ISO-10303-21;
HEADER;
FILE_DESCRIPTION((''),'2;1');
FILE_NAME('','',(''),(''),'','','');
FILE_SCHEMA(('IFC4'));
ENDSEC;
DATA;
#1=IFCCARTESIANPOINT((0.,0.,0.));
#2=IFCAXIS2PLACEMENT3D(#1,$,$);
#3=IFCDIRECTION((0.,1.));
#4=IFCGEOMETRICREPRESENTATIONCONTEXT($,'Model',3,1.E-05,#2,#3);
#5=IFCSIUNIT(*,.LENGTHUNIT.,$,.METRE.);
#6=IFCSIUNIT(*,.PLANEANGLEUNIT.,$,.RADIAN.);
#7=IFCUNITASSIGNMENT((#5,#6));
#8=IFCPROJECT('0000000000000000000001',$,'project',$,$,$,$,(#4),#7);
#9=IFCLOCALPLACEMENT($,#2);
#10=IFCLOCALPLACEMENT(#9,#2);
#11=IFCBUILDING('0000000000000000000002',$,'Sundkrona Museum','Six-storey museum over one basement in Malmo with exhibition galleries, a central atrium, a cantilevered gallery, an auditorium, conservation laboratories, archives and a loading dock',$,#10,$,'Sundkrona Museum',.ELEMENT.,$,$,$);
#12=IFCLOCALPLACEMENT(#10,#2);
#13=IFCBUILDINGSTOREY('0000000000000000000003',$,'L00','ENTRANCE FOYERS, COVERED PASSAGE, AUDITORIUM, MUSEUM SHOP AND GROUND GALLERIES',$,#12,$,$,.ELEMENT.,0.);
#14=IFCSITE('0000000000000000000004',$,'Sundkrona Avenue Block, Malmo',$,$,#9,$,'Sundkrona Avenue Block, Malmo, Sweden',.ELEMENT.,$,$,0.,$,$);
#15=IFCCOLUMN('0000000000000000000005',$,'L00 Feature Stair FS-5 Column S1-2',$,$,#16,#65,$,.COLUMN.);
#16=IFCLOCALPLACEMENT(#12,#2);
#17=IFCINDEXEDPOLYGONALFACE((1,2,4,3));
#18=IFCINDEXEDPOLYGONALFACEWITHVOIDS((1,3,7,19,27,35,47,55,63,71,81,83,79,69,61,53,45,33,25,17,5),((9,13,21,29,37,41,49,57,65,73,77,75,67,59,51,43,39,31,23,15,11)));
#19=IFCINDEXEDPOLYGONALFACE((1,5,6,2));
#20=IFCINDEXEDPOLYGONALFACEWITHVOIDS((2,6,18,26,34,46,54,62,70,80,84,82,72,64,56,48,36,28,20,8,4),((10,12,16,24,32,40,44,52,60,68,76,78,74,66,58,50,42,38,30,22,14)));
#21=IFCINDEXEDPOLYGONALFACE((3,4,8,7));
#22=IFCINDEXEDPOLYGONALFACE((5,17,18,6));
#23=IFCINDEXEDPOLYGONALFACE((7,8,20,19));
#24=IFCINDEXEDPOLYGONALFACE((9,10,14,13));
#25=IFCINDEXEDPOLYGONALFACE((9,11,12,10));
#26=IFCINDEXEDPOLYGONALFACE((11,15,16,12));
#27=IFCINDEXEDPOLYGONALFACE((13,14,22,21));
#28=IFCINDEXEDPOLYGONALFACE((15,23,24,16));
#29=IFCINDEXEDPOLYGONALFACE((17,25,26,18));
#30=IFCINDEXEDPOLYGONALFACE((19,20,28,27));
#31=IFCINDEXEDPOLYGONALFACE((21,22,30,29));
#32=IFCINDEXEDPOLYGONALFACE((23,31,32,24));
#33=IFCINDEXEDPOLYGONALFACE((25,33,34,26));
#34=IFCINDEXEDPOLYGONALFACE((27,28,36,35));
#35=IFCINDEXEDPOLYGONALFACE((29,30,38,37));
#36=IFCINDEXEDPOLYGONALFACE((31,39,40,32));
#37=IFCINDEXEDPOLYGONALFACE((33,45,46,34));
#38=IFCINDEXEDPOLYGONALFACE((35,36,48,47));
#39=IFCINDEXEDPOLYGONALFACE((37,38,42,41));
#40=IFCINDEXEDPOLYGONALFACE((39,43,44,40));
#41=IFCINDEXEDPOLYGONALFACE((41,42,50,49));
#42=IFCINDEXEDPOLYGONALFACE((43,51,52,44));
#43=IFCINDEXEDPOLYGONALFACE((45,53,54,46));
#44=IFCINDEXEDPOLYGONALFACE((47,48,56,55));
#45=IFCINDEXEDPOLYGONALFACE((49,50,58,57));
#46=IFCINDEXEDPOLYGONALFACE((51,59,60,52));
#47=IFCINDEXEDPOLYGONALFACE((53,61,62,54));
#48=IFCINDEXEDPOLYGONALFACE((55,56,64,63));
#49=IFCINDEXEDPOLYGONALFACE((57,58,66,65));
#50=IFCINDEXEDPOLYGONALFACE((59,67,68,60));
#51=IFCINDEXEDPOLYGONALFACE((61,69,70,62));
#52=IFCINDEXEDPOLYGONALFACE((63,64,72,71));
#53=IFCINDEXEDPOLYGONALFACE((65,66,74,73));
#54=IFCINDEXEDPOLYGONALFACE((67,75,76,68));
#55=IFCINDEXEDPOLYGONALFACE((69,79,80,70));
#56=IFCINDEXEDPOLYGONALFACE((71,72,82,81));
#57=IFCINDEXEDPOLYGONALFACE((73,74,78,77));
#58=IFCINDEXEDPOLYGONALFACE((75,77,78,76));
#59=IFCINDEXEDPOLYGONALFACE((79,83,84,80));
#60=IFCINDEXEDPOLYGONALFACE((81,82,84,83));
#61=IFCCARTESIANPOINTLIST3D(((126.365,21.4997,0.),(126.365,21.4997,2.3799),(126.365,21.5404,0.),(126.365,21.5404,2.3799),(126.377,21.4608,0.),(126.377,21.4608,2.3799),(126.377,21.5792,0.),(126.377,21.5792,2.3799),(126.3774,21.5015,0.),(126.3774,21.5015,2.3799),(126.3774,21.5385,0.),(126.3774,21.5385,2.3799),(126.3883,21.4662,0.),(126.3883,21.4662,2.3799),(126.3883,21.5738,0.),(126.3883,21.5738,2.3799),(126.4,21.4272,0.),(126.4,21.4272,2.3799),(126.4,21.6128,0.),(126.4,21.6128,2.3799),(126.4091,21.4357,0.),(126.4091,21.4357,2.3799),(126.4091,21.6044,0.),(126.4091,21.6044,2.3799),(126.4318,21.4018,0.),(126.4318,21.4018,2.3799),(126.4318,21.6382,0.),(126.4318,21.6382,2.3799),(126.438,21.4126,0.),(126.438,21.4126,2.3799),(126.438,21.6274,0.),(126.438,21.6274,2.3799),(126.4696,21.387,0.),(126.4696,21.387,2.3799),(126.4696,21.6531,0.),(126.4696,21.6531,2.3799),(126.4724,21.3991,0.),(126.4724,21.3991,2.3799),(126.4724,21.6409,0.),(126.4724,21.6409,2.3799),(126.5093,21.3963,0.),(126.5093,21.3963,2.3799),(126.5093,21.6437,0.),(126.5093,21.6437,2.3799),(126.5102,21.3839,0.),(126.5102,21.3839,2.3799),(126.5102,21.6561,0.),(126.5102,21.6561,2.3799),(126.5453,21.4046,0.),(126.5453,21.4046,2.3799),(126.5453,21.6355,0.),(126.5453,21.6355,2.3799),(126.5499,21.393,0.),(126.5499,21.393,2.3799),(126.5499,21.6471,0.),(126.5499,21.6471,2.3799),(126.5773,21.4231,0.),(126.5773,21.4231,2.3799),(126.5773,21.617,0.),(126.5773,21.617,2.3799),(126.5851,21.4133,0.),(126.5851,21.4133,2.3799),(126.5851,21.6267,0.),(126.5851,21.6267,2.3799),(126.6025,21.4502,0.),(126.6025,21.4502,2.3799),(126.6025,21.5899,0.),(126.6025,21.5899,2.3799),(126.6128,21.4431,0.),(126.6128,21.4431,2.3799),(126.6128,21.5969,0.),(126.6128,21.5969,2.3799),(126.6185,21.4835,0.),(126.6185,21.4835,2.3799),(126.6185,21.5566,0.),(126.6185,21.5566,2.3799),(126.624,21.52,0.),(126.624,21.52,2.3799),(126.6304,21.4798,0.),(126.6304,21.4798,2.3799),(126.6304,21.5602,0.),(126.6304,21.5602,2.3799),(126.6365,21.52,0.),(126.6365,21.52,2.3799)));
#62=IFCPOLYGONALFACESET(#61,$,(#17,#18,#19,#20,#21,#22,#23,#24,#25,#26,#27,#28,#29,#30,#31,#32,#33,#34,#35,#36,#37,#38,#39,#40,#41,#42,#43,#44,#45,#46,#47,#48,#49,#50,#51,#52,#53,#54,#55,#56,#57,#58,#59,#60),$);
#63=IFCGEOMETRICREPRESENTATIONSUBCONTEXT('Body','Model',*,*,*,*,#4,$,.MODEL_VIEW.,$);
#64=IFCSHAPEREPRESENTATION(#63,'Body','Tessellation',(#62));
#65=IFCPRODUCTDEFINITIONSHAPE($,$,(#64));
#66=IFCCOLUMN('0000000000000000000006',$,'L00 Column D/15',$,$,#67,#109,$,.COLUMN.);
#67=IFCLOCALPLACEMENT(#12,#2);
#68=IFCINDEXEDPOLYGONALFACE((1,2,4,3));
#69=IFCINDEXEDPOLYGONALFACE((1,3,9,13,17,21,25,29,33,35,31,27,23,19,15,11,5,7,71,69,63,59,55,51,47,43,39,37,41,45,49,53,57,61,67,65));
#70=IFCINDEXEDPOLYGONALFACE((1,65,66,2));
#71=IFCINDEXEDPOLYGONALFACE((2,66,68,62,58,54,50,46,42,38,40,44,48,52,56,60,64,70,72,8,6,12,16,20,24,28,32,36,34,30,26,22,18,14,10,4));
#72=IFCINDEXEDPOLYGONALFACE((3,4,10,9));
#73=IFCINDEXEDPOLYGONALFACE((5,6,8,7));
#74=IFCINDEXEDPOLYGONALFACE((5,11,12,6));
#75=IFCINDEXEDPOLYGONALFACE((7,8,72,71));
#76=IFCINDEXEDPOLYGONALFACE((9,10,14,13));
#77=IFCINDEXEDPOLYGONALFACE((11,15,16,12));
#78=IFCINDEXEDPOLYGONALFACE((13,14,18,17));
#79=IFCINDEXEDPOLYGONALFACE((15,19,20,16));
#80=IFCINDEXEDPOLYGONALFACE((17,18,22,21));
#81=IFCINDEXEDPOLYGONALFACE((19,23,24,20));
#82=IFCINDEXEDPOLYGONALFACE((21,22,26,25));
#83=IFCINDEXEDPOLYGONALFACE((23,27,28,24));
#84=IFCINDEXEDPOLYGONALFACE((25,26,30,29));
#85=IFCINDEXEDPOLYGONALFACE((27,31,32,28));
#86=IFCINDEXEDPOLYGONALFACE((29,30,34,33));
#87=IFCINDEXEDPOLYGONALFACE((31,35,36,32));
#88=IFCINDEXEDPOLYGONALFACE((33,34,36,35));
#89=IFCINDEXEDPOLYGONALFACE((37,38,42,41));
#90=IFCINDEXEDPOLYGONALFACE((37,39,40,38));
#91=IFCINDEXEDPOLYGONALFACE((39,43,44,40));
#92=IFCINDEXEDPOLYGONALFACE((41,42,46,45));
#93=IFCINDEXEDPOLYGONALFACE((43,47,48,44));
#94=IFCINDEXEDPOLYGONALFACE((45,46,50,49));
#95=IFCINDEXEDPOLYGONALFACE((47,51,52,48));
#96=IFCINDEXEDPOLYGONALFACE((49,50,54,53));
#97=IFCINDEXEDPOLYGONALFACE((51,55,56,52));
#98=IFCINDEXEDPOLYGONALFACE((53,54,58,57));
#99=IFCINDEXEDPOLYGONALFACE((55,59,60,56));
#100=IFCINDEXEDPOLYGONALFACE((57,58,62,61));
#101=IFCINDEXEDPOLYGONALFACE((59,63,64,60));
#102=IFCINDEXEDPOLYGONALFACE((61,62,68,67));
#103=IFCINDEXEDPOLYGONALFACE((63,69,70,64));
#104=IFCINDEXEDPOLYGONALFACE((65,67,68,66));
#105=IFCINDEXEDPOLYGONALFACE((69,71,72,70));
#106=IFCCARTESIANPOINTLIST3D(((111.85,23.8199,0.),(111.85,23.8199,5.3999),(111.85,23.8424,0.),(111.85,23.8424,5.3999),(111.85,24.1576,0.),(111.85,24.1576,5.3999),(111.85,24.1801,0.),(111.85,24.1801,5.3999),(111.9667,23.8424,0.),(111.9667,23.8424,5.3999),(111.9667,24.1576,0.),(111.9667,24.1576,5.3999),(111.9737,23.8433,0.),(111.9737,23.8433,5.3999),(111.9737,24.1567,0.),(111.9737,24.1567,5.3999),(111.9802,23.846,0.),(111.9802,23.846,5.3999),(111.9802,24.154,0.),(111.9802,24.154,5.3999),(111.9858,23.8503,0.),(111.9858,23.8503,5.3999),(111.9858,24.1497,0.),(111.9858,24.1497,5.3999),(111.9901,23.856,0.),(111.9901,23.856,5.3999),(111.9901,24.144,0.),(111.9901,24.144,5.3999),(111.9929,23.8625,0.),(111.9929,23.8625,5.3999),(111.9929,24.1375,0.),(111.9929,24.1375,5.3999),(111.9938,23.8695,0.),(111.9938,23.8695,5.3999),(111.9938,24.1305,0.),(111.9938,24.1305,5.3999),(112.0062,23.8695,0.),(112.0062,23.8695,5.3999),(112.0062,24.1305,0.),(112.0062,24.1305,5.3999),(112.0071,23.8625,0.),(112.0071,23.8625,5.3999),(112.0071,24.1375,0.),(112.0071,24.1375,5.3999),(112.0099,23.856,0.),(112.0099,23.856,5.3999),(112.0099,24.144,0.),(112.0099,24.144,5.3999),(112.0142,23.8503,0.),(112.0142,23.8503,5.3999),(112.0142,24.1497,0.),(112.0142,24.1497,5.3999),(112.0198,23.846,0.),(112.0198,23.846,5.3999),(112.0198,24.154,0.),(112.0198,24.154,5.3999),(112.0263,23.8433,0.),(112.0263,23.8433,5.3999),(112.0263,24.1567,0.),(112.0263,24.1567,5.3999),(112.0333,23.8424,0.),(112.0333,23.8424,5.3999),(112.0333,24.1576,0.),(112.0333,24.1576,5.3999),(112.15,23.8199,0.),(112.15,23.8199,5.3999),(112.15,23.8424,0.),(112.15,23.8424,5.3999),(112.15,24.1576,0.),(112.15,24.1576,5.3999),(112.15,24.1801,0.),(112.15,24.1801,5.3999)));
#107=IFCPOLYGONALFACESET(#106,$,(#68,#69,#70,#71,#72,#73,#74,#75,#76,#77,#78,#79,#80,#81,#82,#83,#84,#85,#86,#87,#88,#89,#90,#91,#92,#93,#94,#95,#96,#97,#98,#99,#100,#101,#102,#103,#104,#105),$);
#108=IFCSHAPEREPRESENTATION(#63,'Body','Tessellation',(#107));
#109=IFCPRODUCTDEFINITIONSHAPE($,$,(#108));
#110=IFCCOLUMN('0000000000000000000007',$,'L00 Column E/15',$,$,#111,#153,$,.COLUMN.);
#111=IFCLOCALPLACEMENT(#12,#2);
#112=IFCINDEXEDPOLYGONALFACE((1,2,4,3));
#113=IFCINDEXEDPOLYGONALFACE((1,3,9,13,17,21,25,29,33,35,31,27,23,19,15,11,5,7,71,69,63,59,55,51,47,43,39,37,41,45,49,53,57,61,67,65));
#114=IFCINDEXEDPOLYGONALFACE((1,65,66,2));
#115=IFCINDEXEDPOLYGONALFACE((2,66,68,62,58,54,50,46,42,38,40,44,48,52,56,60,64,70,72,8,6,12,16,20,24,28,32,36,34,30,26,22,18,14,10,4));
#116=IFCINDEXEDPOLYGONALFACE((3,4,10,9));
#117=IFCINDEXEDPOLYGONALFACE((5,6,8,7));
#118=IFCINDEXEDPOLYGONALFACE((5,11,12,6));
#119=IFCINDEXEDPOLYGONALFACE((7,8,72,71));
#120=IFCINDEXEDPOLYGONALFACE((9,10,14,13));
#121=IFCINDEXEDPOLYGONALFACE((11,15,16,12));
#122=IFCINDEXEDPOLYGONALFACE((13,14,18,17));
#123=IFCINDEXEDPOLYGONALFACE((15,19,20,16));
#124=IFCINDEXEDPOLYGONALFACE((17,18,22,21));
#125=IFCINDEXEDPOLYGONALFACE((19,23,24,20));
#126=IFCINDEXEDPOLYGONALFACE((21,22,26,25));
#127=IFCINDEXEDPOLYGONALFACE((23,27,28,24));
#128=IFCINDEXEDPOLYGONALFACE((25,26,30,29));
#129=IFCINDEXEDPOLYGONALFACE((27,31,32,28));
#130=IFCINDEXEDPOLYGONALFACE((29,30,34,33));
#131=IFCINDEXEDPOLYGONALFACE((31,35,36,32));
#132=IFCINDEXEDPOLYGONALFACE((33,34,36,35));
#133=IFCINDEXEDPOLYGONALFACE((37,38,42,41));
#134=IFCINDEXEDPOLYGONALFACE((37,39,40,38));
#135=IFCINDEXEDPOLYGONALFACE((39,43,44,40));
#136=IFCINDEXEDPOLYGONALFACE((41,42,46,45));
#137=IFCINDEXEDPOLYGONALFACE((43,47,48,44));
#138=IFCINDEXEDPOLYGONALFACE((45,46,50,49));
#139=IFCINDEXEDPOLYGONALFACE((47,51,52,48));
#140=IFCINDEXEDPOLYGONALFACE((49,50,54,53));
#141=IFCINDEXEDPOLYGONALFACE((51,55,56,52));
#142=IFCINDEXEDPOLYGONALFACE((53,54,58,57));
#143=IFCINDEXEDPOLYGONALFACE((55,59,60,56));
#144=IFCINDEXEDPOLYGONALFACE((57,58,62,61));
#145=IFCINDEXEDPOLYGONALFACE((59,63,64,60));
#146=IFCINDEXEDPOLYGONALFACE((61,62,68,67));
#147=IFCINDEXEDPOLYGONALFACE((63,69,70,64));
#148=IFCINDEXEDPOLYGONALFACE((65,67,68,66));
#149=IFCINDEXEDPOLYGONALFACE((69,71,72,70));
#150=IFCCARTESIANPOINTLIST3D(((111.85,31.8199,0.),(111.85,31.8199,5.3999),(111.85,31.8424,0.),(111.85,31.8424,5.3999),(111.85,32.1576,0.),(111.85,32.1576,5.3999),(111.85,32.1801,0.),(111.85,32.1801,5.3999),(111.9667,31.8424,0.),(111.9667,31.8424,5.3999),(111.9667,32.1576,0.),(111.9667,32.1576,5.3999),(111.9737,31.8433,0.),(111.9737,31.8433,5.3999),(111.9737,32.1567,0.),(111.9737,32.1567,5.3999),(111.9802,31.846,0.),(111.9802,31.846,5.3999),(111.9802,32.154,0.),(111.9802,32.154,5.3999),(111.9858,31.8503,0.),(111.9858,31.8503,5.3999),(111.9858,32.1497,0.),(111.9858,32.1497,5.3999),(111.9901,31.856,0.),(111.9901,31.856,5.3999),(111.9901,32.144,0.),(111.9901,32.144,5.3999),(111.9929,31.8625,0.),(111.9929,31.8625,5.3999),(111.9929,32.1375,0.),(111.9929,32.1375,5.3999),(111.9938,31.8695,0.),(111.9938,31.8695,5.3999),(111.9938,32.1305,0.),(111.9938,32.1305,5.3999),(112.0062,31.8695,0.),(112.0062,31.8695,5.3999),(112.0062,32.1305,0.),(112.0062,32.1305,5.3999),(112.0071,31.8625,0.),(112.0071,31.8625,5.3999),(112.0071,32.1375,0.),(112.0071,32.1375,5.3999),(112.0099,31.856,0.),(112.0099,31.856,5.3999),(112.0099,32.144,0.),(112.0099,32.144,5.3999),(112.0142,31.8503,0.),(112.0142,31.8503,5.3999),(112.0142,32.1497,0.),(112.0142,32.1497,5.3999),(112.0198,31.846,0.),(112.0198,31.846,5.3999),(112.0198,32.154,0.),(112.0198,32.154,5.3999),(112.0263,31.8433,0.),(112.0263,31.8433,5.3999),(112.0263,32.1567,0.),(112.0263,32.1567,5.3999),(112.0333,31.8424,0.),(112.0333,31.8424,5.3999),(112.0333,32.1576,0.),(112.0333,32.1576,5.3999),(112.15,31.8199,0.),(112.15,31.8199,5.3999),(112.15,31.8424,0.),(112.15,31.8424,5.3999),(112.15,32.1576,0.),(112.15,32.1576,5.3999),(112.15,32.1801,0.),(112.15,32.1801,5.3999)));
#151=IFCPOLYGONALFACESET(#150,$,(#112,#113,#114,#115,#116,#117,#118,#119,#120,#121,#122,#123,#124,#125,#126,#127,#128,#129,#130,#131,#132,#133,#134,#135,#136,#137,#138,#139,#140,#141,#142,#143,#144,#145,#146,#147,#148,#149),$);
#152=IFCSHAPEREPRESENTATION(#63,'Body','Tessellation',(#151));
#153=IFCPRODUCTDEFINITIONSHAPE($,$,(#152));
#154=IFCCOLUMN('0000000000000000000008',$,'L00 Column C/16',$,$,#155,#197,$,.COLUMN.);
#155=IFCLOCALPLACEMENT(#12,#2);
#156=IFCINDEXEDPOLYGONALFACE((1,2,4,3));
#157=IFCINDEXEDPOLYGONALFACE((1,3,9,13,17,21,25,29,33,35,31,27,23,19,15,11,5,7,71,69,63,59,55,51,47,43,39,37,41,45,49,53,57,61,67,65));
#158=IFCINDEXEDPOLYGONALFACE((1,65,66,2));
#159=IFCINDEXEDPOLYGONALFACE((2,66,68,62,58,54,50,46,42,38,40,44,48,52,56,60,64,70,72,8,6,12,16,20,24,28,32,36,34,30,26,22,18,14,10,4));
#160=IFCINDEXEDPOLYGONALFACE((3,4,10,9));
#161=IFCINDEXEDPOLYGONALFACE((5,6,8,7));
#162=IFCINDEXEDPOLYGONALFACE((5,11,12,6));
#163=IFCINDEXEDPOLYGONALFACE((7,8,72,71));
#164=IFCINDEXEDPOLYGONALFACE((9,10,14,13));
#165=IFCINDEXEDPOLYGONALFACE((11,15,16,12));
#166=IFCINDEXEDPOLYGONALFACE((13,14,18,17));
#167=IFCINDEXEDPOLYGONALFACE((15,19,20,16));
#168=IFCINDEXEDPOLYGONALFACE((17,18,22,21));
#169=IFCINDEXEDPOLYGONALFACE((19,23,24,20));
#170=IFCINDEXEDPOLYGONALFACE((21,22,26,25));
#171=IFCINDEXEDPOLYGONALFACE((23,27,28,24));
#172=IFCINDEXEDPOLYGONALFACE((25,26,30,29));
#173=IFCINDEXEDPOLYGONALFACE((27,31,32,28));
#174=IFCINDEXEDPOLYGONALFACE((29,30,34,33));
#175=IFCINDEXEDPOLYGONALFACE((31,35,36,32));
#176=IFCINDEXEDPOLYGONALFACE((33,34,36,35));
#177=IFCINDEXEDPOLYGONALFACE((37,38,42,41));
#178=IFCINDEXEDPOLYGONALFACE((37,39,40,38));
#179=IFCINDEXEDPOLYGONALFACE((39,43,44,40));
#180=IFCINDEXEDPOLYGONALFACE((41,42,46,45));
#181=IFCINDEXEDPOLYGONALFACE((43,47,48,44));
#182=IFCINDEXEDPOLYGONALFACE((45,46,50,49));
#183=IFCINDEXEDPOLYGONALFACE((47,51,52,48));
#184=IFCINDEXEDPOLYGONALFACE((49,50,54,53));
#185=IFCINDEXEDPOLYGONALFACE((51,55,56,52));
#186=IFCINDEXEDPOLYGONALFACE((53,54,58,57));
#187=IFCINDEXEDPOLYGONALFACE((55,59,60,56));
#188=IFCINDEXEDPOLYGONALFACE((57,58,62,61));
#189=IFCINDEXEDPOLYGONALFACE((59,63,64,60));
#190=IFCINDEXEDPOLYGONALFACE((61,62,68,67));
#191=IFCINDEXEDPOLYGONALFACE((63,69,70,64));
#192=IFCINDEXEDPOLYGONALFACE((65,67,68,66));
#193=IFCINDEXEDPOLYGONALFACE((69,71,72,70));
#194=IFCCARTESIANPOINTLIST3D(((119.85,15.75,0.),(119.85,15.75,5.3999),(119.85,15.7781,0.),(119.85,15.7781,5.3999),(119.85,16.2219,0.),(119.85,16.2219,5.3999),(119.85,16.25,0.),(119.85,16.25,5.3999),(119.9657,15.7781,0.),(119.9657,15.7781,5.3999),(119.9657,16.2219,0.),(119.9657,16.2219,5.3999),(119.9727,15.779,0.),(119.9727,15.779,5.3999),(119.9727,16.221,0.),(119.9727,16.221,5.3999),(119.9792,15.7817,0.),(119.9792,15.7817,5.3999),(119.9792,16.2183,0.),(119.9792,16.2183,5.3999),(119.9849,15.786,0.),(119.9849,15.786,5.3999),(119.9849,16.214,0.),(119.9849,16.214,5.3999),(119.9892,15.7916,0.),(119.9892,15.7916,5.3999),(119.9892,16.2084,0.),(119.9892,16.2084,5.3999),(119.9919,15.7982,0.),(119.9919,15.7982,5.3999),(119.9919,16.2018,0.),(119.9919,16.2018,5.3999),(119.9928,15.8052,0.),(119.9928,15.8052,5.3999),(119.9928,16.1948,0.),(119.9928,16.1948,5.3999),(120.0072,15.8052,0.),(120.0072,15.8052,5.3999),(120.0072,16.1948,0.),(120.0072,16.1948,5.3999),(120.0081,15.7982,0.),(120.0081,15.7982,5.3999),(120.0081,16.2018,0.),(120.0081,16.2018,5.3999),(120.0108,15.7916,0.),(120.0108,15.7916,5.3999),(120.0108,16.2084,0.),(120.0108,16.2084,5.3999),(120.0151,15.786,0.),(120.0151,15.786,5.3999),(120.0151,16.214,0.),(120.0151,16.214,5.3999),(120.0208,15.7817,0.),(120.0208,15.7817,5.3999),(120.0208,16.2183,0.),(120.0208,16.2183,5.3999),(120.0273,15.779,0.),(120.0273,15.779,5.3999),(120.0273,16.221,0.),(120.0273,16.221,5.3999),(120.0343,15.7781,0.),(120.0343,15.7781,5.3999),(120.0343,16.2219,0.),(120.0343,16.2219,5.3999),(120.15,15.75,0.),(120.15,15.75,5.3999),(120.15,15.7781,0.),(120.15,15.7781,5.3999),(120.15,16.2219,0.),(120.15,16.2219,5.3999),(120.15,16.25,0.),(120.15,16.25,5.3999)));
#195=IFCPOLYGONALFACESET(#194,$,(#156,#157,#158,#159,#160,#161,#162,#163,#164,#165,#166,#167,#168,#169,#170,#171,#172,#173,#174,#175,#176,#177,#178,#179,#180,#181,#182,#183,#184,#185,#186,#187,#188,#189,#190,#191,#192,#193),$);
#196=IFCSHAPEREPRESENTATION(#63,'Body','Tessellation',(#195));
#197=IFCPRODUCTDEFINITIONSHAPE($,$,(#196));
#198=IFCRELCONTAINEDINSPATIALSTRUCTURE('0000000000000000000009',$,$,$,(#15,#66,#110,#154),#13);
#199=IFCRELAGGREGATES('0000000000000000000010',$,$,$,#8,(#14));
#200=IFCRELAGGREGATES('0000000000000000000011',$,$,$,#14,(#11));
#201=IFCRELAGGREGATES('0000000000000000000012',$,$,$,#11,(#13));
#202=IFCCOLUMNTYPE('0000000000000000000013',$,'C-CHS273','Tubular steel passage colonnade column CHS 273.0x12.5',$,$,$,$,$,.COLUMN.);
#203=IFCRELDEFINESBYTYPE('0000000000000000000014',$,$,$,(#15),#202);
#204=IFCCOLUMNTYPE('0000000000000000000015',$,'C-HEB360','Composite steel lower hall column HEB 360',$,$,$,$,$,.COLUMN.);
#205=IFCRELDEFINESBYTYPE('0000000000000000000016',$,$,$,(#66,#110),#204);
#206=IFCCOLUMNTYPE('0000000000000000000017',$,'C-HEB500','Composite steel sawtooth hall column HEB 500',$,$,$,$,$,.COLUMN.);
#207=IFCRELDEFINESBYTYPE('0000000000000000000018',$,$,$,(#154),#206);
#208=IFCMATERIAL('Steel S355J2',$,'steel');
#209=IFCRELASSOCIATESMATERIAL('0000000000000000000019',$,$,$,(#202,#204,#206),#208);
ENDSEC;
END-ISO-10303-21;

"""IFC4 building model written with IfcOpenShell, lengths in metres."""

from ifc_helpers import new_model, si_unit, direction, frame, origin, origin_2d, place, context, subcontext, project, spatial, hollow_circle, i_section, extrude, material, material_profile, profile_set, type_object, element, save


model = new_model("IFC4")

# Units and contexts
model_context = context("Model", 3, precision=1e-05, world=origin(), true_north=direction((0.0, 1.0)))
body_context = subcontext(model_context, "Body", "Model", "MODEL_VIEW")
ifc_project = project(units=[si_unit("LENGTHUNIT", "METRE"), si_unit("PLANEANGLEUNIT", "RADIAN")], contexts=[model_context])

# Site, building, storey
site_placement = place(None, origin())
site = spatial("IfcSite", under=ifc_project, at=site_placement, Name="Sundkrona Avenue Block, Malmo", LongName="Sundkrona Avenue Block, Malmo, Sweden", CompositionType="ELEMENT", RefElevation=0.0)
building_placement = place(site_placement, origin())
building = spatial("IfcBuilding", under=site, at=building_placement, Name="Sundkrona Museum", Description="Six-storey museum over one basement in Malmo with exhibition galleries, a central atrium, a cantilevered gallery, an auditorium, conservation laboratories, archives and a loading dock", LongName="Sundkrona Museum", CompositionType="ELEMENT")
storey_placement = place(building_placement, origin())
storey = spatial("IfcBuildingStorey", under=building, at=storey_placement, Name="L00", Description="ENTRANCE FOYERS, COVERED PASSAGE, AUDITORIUM, MUSEUM SHOP AND GROUND GALLERIES", CompositionType="ELEMENT", Elevation=0.0)

# Columns
ifc_material_1 = material(Name="Steel S355J2", Category="steel")
ifc_material_profile_1 = material_profile(ifc_material_1, hollow_circle(Radius=0.1365, WallThickness=0.0125, at=origin_2d()), Name="CHS 273.0x12.5")
ifc_profile_set_1 = profile_set([ifc_material_profile_1], Name="Steel S355J2")
column_type_1 = type_object("IfcColumnType", Name="C-CHS273", Description="Tubular steel passage colonnade column CHS 273.0x12.5", PredefinedType="COLUMN", material=ifc_profile_set_1)
column_1_placement = place(storey_placement, frame((126.5, 21.52, 0.0), z_axis=(0.0, 0.0, 1.0), x_axis=(1.0, 0.0, 0.0)))
element("IfcColumn", 1, at=column_1_placement, inside=storey, type_object=column_type_1, Name="L00 Feature Stair FS-5 Column S1-2", PredefinedType="COLUMN", context=body_context, shape_type="SweptSolid", body=[
    extrude(hollow_circle(Radius=0.1365, WallThickness=0.0125, at=origin_2d()), origin(), (0.0, 0.0, 1.0), 2.3799),
])
ifc_material_profile_2 = material_profile(ifc_material_1, i_section(OverallWidth=0.3, OverallDepth=0.3601, WebThickness=0.0125, FlangeThickness=0.0225, FilletRadius=0.0271, at=origin_2d()), Name="HEB 360")
ifc_profile_set_2 = profile_set([ifc_material_profile_2], Name="Steel S355J2")
column_type_2 = type_object("IfcColumnType", Name="C-HEB360", Description="Composite steel lower hall column HEB 360", PredefinedType="COLUMN", material=ifc_profile_set_2)
for number, where, z_axis, x_axis, name in (
    (2, (112.0, 24.0, 0.0), (0.0, 0.0, 1.0), (1.0, 0.0, 0.0), "L00 Column D/15"),
    (3, (112.0, 32.0, 0.0), (0.0, 0.0, 1.0), (1.0, 0.0, 0.0), "L00 Column E/15"),
):
    element("IfcColumn", number, at=place(storey_placement, frame(where, z_axis=z_axis, x_axis=x_axis)), inside=storey, type_object=column_type_2, Name=name, PredefinedType="COLUMN", context=body_context, shape_type="SweptSolid", body=[
        extrude(i_section(OverallWidth=0.3, OverallDepth=0.3601, WebThickness=0.0125, FlangeThickness=0.0225, FilletRadius=0.0271, at=origin_2d()), origin(), (0.0, 0.0, 1.0), 5.3999),
    ])
ifc_material_profile_3 = material_profile(ifc_material_1, i_section(OverallWidth=0.3, OverallDepth=0.5, WebThickness=0.0144, FlangeThickness=0.0281, FilletRadius=0.0271, at=origin_2d()), Name="HEB 500")
ifc_profile_set_3 = profile_set([ifc_material_profile_3], Name="Steel S355J2")
column_type_3 = type_object("IfcColumnType", Name="C-HEB500", Description="Composite steel sawtooth hall column HEB 500", PredefinedType="COLUMN", material=ifc_profile_set_3)
for number, where, z_axis, x_axis, name in (
    (4, (120.0, 16.0, 0.0), (0.0, 0.0, 1.0), (1.0, 0.0, 0.0), "L00 Column C/16"),
):
    element("IfcColumn", number, at=place(storey_placement, frame(where, z_axis=z_axis, x_axis=x_axis)), inside=storey, type_object=column_type_3, Name=name, PredefinedType="COLUMN", context=body_context, shape_type="SweptSolid", body=[
        extrude(i_section(OverallWidth=0.3, OverallDepth=0.5, WebThickness=0.0144, FlangeThickness=0.0281, FilletRadius=0.0271, at=origin_2d()), origin(), (0.0, 0.0, 1.0), 5.3999),
    ])

save(model, "model.ifc")
